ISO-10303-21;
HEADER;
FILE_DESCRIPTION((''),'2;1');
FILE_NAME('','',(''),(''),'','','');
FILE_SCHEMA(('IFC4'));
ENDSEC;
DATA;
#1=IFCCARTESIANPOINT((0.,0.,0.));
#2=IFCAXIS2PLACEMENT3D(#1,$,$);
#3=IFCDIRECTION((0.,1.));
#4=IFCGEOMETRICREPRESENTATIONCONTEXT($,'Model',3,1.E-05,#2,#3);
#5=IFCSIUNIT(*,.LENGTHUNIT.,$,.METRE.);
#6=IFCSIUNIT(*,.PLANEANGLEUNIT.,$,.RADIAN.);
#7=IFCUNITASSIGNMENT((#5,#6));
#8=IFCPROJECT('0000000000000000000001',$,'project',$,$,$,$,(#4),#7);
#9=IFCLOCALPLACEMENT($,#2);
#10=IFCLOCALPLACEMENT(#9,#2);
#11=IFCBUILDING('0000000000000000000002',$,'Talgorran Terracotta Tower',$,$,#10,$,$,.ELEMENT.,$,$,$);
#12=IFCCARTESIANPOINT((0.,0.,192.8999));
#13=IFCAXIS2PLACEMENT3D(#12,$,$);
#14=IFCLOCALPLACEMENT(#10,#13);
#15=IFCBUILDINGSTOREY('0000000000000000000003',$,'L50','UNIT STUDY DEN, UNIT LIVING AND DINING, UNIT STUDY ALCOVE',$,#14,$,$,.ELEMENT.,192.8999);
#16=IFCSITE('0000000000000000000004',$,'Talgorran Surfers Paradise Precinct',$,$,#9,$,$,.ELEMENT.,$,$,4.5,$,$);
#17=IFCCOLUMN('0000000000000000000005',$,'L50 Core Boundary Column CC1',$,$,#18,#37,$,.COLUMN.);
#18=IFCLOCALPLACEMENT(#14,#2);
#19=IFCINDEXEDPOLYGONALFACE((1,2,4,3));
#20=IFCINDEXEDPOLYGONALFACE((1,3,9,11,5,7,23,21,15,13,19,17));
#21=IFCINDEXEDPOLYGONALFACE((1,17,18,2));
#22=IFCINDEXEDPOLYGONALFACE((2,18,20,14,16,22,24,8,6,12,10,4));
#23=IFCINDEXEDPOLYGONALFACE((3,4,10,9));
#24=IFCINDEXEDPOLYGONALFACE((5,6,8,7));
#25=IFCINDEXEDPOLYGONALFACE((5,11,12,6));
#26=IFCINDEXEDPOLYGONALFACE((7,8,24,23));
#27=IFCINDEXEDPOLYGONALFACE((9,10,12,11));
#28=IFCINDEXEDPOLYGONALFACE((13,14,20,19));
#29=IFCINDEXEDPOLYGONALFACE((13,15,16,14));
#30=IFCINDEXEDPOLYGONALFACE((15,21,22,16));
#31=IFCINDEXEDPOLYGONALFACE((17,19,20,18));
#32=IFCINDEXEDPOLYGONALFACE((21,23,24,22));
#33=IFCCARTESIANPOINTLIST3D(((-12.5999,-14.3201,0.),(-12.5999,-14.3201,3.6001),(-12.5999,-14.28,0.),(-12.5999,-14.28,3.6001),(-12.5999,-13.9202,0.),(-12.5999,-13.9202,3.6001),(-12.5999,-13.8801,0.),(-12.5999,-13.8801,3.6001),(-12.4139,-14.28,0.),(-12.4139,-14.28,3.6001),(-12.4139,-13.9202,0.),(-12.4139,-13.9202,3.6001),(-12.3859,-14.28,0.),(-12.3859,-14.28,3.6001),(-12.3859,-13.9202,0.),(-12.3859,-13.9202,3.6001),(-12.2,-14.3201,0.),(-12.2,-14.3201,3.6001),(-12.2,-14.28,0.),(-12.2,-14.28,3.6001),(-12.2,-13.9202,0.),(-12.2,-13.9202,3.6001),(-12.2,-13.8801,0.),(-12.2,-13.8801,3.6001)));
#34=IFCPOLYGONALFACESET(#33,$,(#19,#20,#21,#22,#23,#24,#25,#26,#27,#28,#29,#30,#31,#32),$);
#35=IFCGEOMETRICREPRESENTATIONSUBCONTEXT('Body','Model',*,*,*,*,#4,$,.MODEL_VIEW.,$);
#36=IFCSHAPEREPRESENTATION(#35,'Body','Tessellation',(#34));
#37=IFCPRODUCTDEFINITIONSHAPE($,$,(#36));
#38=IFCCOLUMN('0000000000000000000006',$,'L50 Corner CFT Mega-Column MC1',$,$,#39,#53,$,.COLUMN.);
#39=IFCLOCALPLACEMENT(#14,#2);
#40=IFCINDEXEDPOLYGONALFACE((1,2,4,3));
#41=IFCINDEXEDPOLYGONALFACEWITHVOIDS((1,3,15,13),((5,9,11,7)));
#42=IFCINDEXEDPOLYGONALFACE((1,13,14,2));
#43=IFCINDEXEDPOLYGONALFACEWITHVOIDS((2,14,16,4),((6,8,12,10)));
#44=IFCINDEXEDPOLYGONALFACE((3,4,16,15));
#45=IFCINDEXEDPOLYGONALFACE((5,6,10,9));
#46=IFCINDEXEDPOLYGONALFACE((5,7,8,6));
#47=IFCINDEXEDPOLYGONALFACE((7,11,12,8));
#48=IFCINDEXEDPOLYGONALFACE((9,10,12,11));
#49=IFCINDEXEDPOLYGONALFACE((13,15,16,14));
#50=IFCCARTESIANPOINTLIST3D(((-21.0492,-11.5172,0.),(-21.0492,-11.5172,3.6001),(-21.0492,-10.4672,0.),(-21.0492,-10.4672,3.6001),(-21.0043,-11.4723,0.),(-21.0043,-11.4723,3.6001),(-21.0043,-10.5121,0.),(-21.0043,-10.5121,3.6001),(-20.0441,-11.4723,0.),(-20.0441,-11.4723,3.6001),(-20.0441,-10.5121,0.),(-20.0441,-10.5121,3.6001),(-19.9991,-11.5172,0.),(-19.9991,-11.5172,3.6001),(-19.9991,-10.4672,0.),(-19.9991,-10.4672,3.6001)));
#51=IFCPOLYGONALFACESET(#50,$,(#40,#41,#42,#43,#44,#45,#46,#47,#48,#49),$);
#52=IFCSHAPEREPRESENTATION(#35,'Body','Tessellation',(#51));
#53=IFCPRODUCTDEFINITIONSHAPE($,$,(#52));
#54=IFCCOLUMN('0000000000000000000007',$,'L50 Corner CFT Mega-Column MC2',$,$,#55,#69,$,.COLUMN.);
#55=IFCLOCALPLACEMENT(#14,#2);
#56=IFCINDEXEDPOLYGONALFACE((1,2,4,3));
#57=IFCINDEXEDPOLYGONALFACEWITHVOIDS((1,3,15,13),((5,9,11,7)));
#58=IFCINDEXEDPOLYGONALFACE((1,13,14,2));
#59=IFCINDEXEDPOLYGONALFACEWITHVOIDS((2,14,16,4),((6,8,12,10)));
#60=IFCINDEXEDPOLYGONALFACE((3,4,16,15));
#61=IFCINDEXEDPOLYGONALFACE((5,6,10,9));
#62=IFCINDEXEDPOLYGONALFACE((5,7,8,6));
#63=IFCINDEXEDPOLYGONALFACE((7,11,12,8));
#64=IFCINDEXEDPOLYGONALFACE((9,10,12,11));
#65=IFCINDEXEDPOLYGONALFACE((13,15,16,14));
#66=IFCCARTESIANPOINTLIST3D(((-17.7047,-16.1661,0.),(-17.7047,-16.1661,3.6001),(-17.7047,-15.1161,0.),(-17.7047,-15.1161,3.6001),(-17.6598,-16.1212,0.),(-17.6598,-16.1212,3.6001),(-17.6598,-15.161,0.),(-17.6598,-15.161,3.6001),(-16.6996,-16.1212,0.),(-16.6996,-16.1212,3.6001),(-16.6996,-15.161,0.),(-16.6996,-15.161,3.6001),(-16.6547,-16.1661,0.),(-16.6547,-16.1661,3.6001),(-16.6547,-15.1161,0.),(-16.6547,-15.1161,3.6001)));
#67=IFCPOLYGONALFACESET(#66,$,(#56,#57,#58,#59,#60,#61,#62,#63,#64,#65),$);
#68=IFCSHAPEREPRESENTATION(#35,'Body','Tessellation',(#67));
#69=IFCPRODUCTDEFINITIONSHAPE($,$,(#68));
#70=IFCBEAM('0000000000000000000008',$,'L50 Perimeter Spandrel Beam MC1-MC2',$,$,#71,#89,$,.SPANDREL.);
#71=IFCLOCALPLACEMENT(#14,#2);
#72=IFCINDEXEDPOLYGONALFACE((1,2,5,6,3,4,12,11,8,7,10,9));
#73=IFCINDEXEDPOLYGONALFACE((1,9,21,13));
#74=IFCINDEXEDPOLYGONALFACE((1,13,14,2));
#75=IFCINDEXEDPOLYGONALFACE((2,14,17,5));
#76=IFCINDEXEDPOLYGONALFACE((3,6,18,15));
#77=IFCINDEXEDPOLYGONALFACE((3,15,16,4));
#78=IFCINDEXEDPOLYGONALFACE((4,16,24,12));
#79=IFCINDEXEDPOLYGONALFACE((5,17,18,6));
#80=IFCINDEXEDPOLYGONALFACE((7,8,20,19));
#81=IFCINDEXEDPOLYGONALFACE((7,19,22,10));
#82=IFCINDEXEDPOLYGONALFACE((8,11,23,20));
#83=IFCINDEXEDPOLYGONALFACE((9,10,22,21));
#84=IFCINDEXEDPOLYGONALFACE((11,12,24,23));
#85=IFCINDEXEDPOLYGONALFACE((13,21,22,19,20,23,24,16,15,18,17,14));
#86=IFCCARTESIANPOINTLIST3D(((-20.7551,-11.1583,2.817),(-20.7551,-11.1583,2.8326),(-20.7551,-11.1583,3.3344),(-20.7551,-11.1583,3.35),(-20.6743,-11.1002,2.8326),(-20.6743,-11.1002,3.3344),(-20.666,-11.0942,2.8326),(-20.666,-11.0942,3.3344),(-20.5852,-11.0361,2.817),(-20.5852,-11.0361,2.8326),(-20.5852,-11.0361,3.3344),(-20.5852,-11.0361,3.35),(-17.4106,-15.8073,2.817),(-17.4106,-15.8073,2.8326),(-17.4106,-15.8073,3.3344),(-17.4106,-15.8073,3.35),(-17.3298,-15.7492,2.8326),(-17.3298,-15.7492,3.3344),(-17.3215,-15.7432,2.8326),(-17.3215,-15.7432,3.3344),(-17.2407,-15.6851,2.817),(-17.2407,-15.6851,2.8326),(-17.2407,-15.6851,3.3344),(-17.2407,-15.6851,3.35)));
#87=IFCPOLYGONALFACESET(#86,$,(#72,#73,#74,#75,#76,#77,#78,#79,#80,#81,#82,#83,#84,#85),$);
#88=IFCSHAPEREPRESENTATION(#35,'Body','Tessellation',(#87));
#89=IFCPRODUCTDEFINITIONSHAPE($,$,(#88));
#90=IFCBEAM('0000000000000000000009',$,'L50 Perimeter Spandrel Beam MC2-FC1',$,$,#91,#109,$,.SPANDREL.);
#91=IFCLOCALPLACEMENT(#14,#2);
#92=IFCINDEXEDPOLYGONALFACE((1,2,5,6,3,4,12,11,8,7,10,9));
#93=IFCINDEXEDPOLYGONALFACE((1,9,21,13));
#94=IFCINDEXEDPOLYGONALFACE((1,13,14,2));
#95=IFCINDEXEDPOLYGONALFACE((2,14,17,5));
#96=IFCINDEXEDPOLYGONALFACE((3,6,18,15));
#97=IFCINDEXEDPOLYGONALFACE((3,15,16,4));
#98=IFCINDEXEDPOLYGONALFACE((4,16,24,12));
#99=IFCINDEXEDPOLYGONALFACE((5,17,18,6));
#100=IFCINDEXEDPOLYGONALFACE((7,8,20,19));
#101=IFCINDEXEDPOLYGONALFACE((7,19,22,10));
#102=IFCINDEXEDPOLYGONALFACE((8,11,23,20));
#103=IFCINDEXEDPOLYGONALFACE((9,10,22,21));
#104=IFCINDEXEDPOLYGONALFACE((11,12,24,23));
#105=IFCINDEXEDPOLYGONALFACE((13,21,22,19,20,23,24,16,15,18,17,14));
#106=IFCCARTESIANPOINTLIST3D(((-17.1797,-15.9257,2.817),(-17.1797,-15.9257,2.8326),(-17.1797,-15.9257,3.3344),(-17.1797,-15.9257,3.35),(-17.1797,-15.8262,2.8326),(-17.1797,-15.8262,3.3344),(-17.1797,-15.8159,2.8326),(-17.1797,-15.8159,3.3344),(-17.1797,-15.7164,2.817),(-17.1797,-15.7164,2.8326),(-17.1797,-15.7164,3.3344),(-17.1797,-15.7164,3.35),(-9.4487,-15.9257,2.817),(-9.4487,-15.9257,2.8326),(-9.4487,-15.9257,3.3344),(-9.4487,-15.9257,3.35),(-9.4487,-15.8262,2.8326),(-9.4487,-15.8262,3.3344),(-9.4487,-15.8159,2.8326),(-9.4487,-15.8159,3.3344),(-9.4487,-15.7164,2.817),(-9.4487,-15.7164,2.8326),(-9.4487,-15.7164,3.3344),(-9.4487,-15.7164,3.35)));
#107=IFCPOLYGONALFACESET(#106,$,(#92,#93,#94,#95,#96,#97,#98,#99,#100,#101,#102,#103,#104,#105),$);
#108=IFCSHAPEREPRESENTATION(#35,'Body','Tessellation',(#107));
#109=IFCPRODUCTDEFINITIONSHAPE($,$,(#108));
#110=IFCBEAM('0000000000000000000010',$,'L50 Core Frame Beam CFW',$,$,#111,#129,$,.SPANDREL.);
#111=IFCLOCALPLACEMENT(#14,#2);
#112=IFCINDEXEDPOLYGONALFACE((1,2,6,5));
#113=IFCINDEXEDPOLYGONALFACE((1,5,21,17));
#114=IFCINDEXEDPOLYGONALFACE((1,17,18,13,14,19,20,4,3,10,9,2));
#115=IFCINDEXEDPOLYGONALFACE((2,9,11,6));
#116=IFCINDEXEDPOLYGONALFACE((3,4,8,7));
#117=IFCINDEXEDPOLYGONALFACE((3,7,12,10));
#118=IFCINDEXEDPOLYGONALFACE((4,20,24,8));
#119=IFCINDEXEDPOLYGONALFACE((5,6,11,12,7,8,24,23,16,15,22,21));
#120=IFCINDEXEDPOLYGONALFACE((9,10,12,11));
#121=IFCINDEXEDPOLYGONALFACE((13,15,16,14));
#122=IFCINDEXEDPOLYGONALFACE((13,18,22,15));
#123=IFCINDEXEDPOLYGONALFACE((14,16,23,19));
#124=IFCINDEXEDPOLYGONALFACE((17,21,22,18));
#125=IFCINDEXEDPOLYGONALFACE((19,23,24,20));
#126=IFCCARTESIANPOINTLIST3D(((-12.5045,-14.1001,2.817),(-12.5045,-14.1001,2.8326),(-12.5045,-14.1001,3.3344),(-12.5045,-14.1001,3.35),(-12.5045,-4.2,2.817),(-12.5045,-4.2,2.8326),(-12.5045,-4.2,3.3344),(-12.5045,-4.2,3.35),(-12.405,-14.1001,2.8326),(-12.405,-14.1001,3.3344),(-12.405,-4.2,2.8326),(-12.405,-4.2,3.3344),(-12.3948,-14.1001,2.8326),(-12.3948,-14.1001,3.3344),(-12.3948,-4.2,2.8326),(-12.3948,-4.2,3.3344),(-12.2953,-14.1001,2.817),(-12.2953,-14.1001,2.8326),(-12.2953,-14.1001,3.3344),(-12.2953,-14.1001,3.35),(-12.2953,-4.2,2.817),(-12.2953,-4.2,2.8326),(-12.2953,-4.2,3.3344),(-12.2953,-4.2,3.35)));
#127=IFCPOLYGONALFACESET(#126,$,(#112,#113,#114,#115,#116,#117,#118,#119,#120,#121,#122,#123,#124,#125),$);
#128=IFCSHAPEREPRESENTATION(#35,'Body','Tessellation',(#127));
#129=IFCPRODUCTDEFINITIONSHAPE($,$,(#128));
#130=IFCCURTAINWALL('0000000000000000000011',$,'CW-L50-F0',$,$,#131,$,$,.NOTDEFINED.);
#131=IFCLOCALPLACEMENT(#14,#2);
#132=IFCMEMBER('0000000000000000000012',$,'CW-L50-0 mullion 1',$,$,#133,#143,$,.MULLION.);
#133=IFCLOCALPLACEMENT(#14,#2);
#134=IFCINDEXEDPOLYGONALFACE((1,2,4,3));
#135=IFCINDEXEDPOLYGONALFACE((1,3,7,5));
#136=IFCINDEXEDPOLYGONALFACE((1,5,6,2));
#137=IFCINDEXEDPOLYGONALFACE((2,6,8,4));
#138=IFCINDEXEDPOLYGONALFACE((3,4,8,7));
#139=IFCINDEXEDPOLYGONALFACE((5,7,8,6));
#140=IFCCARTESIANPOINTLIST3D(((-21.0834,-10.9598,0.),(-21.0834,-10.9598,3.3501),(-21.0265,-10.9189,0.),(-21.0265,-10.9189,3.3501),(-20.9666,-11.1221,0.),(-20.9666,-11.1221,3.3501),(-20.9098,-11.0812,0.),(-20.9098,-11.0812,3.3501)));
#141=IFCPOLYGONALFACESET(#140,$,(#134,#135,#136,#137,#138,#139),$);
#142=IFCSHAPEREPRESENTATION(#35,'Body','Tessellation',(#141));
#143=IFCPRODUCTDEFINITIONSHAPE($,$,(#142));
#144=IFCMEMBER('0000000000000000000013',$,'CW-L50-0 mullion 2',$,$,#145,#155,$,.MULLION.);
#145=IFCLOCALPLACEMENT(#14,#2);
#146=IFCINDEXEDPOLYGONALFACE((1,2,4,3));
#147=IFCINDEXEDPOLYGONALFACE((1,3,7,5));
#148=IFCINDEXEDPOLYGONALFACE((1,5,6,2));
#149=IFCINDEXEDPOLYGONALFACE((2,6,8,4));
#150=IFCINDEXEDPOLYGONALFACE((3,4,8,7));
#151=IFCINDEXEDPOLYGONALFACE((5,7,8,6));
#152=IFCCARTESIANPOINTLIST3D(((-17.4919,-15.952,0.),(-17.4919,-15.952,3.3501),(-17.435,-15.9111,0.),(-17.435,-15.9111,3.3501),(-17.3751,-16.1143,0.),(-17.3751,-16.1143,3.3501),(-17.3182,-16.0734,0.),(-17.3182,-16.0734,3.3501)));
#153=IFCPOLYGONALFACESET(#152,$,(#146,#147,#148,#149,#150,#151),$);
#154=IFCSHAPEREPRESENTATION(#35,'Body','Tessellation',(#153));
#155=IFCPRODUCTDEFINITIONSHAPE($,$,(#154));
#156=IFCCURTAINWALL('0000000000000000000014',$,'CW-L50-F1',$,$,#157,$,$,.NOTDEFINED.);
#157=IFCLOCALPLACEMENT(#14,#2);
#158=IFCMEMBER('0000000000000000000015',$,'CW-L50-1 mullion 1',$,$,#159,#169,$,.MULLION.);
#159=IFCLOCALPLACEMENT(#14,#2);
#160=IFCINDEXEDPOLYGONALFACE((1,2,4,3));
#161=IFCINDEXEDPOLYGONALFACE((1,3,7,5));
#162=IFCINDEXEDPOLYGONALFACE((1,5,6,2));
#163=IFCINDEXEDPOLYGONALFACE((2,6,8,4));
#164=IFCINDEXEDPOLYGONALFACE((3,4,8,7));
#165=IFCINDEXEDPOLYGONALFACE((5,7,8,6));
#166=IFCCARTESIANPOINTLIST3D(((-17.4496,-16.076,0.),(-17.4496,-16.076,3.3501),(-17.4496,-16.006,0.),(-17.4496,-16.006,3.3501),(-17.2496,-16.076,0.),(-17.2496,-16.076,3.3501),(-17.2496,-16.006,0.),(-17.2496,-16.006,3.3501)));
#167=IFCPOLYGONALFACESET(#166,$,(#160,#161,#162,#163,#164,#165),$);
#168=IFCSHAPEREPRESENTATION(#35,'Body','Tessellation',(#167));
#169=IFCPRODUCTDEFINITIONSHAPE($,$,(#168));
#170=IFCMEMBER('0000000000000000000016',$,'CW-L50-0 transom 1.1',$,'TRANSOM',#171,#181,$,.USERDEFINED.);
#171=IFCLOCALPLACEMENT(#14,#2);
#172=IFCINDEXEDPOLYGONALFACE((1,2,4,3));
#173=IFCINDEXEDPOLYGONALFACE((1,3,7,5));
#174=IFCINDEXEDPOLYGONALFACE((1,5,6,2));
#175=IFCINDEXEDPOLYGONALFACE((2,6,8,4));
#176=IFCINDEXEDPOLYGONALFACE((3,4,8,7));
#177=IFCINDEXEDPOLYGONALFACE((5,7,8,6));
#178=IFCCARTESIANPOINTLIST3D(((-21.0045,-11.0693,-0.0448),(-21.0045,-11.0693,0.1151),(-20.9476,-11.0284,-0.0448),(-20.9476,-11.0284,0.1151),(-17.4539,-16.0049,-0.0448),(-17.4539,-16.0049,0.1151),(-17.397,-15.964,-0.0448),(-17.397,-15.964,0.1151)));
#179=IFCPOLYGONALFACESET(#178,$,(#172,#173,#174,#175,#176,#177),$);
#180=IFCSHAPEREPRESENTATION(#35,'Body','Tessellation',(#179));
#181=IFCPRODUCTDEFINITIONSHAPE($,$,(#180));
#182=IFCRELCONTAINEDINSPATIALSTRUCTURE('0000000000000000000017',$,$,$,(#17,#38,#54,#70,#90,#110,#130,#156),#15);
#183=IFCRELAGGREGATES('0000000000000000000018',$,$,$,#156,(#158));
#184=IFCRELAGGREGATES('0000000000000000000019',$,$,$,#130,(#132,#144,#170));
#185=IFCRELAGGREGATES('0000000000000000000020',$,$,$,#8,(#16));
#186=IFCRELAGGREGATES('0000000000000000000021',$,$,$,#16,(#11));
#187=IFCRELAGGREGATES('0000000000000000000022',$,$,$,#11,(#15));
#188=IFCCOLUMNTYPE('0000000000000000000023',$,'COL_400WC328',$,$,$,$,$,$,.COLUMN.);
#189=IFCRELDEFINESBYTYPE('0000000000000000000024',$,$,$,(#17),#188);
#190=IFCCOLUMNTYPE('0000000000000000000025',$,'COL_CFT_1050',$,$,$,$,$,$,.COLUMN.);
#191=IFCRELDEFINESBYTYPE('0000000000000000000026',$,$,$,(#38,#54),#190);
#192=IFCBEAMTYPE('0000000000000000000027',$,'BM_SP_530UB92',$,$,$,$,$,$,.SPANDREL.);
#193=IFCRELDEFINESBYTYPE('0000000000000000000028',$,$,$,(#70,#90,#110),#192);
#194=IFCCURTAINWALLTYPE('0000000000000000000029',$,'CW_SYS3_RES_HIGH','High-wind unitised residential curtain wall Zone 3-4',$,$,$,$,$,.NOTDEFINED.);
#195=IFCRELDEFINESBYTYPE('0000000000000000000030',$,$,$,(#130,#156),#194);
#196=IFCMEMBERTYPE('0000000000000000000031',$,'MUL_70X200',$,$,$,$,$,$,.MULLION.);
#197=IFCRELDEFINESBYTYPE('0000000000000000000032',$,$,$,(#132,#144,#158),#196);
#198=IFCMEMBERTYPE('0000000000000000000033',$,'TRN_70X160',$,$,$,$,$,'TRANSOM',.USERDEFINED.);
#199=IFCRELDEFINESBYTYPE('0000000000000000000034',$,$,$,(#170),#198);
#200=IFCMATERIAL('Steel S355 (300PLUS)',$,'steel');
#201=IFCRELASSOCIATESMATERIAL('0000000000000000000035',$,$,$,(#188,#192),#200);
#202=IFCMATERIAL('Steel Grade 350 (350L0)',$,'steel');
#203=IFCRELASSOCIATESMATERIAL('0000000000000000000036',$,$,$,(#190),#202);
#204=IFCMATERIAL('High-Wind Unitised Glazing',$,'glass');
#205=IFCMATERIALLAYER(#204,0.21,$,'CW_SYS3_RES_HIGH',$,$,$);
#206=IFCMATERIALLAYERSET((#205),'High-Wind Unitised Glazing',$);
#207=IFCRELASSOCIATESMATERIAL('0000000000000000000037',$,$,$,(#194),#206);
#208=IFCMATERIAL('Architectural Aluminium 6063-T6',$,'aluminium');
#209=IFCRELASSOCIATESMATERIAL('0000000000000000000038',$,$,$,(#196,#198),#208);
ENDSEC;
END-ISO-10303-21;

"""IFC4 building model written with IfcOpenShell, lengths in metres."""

from ifc_helpers import new_model, si_unit, direction, frame, origin, origin_2d, place, context, subcontext, project, spatial, rectangle, hollow_rectangle, i_section, extrude, material, layer, layer_set, material_profile, profile_set, type_object, element, aggregate, save


model = new_model("IFC4")

# Units and contexts
model_context = context("Model", 3, precision=1e-05, world=origin(), true_north=direction((0.0, 1.0)))
body_context = subcontext(model_context, "Body", "Model", "MODEL_VIEW")
ifc_project = project(units=[si_unit("LENGTHUNIT", "METRE"), si_unit("PLANEANGLEUNIT", "RADIAN")], contexts=[model_context])

# Site, building, storey
site_placement = place(None, origin())
site = spatial("IfcSite", under=ifc_project, at=site_placement, Name="Talgorran Surfers Paradise Precinct", CompositionType="ELEMENT", RefElevation=4.5)
building_placement = place(site_placement, origin())
building = spatial("IfcBuilding", under=site, at=building_placement, Name="Talgorran Terracotta Tower", CompositionType="ELEMENT")
storey_placement = place(building_placement, frame((0.0, 0.0, 192.8999)))
storey = spatial("IfcBuildingStorey", under=building, at=storey_placement, Name="L50", Description="UNIT STUDY DEN, UNIT LIVING AND DINING, UNIT STUDY ALCOVE", CompositionType="ELEMENT", Elevation=192.8999)

# Columns
ifc_material_1 = material(Name="Steel S355 (300PLUS)", Category="steel")
ifc_material_profile_1 = material_profile(ifc_material_1, i_section(OverallWidth=0.3999, OverallDepth=0.4399, WebThickness=0.0281, FlangeThickness=0.04, at=origin_2d()), Name="400WC328")
ifc_profile_set_1 = profile_set([ifc_material_profile_1], Name="Steel S355 (300PLUS)")
column_type_1 = type_object("IfcColumnType", Name="COL_400WC328", PredefinedType="COLUMN", material=ifc_profile_set_1)
column_placement = place(storey_placement, frame((-12.3999, -14.1001, 0.0), z_axis=(0.0, 0.0, 1.0), x_axis=(1.0, 0.0, 0.0)))
element("IfcColumn", 1, at=column_placement, inside=storey, type_object=column_type_1, Name="L50 Core Boundary Column CC1", PredefinedType="COLUMN", context=body_context, shape_type="SweptSolid", body=[
    extrude(i_section(OverallWidth=0.3999, OverallDepth=0.4399, WebThickness=0.0281, FlangeThickness=0.04, at=origin_2d()), origin(), (0.0, 0.0, 1.0), 3.6001),
])
ifc_material_2 = material(Name="Steel Grade 350 (350L0)", Category="steel")
ifc_material_profile_2 = material_profile(ifc_material_2, hollow_rectangle(XDim=1.05, YDim=1.05, WallThickness=0.0449, at=origin_2d()), Name="CFT1050X1050X45")
ifc_profile_set_2 = profile_set([ifc_material_profile_2], Name="Steel Grade 350 (350L0)")
column_type_2 = type_object("IfcColumnType", Name="COL_CFT_1050", PredefinedType="COLUMN", material=ifc_profile_set_2)
for number, where, z_axis, x_axis, name in (
    (2, (-20.5242, -10.9922, 0.0), (0.0, 0.0, 1.0), (1.0, 0.0, 0.0), "L50 Corner CFT Mega-Column MC1"),
    (3, (-17.1797, -15.6411, 0.0), (0.0, 0.0, 1.0), (1.0, 0.0, 0.0), "L50 Corner CFT Mega-Column MC2"),
):
    element("IfcColumn", number, at=place(storey_placement, frame(where, z_axis=z_axis, x_axis=x_axis)), inside=storey, type_object=column_type_2, Name=name, PredefinedType="COLUMN", context=body_context, shape_type="SweptSolid", body=[
        extrude(hollow_rectangle(XDim=1.05, YDim=1.05, WallThickness=0.0449, at=origin_2d()), origin(), (0.0, 0.0, 1.0), 3.6001),
    ])

# Beams
ifc_material_profile_3 = material_profile(ifc_material_1, i_section(OverallWidth=0.2092, OverallDepth=0.533, WebThickness=0.0103, FlangeThickness=0.0156, at=origin_2d()), Name="530UB92.4")
ifc_profile_set_3 = profile_set([ifc_material_profile_3], Name="Steel S355 (300PLUS)")
beam_type = type_object("IfcBeamType", Name="BM_SP_530UB92", PredefinedType="SPANDREL", material=ifc_profile_set_3)
beam_1_placement = place(storey_placement, frame((-20.6702, -11.0972, 3.0835), z_axis=(0.583989, -0.811761, 0.0), x_axis=(0.811761, 0.583989, 0.0)))
element("IfcBeam", 4, at=beam_1_placement, inside=storey, type_object=beam_type, Name="L50 Perimeter Spandrel Beam MC1-MC2", PredefinedType="SPANDREL", context=body_context, shape_type="SweptSolid", body=[
    extrude(i_section(OverallWidth=0.2092, OverallDepth=0.533, WebThickness=0.0103, FlangeThickness=0.0156, at=origin_2d()), origin(), (0.0, 0.0, 1.0), 5.7271),
])
beam_2_placement = place(storey_placement, frame((-17.1797, -15.821, 3.0835), z_axis=(1.0, 0.0, 0.0), x_axis=(0.0, 1.0, 0.0)))
element("IfcBeam", 5, at=beam_2_placement, inside=storey, type_object=beam_type, Name="L50 Perimeter Spandrel Beam MC2-FC1", PredefinedType="SPANDREL", context=body_context, shape_type="SweptSolid", body=[
    extrude(i_section(OverallWidth=0.2092, OverallDepth=0.533, WebThickness=0.0103, FlangeThickness=0.0156, at=origin_2d()), origin(), (0.0, 0.0, 1.0), 7.731),
])
beam_3_placement = place(storey_placement, frame((-12.3999, -14.1001, 3.0835), z_axis=(0.0, 1.0, 0.0), x_axis=(-1.0, 0.0, 0.0)))
element("IfcBeam", 6, at=beam_3_placement, inside=storey, type_object=beam_type, Name="L50 Core Frame Beam CFW", PredefinedType="SPANDREL", context=body_context, shape_type="SweptSolid", body=[
    extrude(i_section(OverallWidth=0.2092, OverallDepth=0.533, WebThickness=0.0103, FlangeThickness=0.0156, at=origin_2d()), origin(), (0.0, 0.0, 1.0), 9.9001),
])

# Curtain wall, members
ifc_material_3 = material(Name="High-Wind Unitised Glazing", Category="glass")
ifc_layer_1 = layer(ifc_material_3, 0.21, Name="CW_SYS3_RES_HIGH")
ifc_layer_set_1 = layer_set([ifc_layer_1], Name="High-Wind Unitised Glazing")
curtain_wall_type = type_object("IfcCurtainWallType", Name="CW_SYS3_RES_HIGH", Description="High-wind unitised residential curtain wall Zone 3-4", PredefinedType="NOTDEFINED", material=ifc_layer_set_1)
curtain_wall_1_placement = place(storey_placement, origin())
curtain_wall_1 = element("IfcCurtainWall", 7, at=curtain_wall_1_placement, inside=storey, type_object=curtain_wall_type, Name="CW-L50-F0", PredefinedType="NOTDEFINED")
ifc_material_4 = material(Name="Architectural Aluminium 6063-T6", Category="aluminium")
ifc_material_profile_4 = material_profile(ifc_material_4, rectangle(XDim=0.0701, YDim=0.2, at=origin_2d()), Name="CWM70X200")
ifc_profile_set_4 = profile_set([ifc_material_profile_4], Name="Architectural Aluminium 6063-T6")
member_type_1 = type_object("IfcMemberType", Name="MUL_70X200", PredefinedType="MULLION", material=ifc_profile_set_4)
member_1_placement = place(storey_placement, frame((-20.9966, -11.0205, 0.0), z_axis=(0.0, 0.0, 1.0), x_axis=(0.811769, 0.583979, 0.0)))
member_1 = element("IfcMember", 8, at=member_1_placement, type_object=member_type_1, Name="CW-L50-0 mullion 1", PredefinedType="MULLION", context=body_context, shape_type="SweptSolid", body=[
    extrude(rectangle(XDim=0.0701, YDim=0.2, at=origin_2d()), origin(), (0.0, 0.0, 1.0), 3.3501),
])
member_2_placement = place(storey_placement, frame((-17.405, -16.0127, 0.0), z_axis=(0.0, 0.0, 1.0), x_axis=(0.811769, 0.583979, 0.0)))
member_2 = element("IfcMember", 9, at=member_2_placement, type_object=member_type_1, Name="CW-L50-0 mullion 2", PredefinedType="MULLION", context=body_context, shape_type="SweptSolid", body=[
    extrude(rectangle(XDim=0.0701, YDim=0.2, at=origin_2d()), origin(), (0.0, 0.0, 1.0), 3.3501),
])

# Curtain wall, member
curtain_wall_2_placement = place(storey_placement, origin())
curtain_wall_2 = element("IfcCurtainWall", 10, at=curtain_wall_2_placement, inside=storey, type_object=curtain_wall_type, Name="CW-L50-F1", PredefinedType="NOTDEFINED")
member_3_placement = place(storey_placement, frame((-17.3496, -16.041, 0.0), z_axis=(0.0, 0.0, 1.0), x_axis=(0.0, 1.0, 0.0)))
member_3 = element("IfcMember", 11, at=member_3_placement, type_object=member_type_1, Name="CW-L50-1 mullion 1", PredefinedType="MULLION", context=body_context, shape_type="SweptSolid", body=[
    extrude(rectangle(XDim=0.0701, YDim=0.2, at=origin_2d()), origin(), (0.0, 0.0, 1.0), 3.3501),
])

# Member
ifc_material_profile_5 = material_profile(ifc_material_4, rectangle(XDim=0.0701, YDim=0.1599, at=origin_2d()), Name="CWT70X160")
ifc_profile_set_5 = profile_set([ifc_material_profile_5], Name="Architectural Aluminium 6063-T6")
member_type_2 = type_object("IfcMemberType", Name="TRN_70X160", ElementType="TRANSOM", PredefinedType="USERDEFINED", material=ifc_profile_set_5)
member_4_placement = place(storey_placement, frame((-20.9761, -11.0488, 0.0352), z_axis=(0.583974, -0.811773, 0.0), x_axis=(0.811773, 0.583974, 0.0)))
member_4 = element("IfcMember", 12, at=member_4_placement, type_object=member_type_2, Name="CW-L50-0 transom 1.1", ObjectType="TRANSOM", PredefinedType="USERDEFINED", context=body_context, shape_type="SweptSolid", body=[
    extrude(rectangle(XDim=0.0701, YDim=0.1599, at=origin_2d()), origin(), (0.0, 0.0, 1.0), 6.0801),
])
aggregate(curtain_wall_2, [member_3])

aggregate(curtain_wall_1, [member_1, member_2, member_4])

save(model, "model.ifc")
